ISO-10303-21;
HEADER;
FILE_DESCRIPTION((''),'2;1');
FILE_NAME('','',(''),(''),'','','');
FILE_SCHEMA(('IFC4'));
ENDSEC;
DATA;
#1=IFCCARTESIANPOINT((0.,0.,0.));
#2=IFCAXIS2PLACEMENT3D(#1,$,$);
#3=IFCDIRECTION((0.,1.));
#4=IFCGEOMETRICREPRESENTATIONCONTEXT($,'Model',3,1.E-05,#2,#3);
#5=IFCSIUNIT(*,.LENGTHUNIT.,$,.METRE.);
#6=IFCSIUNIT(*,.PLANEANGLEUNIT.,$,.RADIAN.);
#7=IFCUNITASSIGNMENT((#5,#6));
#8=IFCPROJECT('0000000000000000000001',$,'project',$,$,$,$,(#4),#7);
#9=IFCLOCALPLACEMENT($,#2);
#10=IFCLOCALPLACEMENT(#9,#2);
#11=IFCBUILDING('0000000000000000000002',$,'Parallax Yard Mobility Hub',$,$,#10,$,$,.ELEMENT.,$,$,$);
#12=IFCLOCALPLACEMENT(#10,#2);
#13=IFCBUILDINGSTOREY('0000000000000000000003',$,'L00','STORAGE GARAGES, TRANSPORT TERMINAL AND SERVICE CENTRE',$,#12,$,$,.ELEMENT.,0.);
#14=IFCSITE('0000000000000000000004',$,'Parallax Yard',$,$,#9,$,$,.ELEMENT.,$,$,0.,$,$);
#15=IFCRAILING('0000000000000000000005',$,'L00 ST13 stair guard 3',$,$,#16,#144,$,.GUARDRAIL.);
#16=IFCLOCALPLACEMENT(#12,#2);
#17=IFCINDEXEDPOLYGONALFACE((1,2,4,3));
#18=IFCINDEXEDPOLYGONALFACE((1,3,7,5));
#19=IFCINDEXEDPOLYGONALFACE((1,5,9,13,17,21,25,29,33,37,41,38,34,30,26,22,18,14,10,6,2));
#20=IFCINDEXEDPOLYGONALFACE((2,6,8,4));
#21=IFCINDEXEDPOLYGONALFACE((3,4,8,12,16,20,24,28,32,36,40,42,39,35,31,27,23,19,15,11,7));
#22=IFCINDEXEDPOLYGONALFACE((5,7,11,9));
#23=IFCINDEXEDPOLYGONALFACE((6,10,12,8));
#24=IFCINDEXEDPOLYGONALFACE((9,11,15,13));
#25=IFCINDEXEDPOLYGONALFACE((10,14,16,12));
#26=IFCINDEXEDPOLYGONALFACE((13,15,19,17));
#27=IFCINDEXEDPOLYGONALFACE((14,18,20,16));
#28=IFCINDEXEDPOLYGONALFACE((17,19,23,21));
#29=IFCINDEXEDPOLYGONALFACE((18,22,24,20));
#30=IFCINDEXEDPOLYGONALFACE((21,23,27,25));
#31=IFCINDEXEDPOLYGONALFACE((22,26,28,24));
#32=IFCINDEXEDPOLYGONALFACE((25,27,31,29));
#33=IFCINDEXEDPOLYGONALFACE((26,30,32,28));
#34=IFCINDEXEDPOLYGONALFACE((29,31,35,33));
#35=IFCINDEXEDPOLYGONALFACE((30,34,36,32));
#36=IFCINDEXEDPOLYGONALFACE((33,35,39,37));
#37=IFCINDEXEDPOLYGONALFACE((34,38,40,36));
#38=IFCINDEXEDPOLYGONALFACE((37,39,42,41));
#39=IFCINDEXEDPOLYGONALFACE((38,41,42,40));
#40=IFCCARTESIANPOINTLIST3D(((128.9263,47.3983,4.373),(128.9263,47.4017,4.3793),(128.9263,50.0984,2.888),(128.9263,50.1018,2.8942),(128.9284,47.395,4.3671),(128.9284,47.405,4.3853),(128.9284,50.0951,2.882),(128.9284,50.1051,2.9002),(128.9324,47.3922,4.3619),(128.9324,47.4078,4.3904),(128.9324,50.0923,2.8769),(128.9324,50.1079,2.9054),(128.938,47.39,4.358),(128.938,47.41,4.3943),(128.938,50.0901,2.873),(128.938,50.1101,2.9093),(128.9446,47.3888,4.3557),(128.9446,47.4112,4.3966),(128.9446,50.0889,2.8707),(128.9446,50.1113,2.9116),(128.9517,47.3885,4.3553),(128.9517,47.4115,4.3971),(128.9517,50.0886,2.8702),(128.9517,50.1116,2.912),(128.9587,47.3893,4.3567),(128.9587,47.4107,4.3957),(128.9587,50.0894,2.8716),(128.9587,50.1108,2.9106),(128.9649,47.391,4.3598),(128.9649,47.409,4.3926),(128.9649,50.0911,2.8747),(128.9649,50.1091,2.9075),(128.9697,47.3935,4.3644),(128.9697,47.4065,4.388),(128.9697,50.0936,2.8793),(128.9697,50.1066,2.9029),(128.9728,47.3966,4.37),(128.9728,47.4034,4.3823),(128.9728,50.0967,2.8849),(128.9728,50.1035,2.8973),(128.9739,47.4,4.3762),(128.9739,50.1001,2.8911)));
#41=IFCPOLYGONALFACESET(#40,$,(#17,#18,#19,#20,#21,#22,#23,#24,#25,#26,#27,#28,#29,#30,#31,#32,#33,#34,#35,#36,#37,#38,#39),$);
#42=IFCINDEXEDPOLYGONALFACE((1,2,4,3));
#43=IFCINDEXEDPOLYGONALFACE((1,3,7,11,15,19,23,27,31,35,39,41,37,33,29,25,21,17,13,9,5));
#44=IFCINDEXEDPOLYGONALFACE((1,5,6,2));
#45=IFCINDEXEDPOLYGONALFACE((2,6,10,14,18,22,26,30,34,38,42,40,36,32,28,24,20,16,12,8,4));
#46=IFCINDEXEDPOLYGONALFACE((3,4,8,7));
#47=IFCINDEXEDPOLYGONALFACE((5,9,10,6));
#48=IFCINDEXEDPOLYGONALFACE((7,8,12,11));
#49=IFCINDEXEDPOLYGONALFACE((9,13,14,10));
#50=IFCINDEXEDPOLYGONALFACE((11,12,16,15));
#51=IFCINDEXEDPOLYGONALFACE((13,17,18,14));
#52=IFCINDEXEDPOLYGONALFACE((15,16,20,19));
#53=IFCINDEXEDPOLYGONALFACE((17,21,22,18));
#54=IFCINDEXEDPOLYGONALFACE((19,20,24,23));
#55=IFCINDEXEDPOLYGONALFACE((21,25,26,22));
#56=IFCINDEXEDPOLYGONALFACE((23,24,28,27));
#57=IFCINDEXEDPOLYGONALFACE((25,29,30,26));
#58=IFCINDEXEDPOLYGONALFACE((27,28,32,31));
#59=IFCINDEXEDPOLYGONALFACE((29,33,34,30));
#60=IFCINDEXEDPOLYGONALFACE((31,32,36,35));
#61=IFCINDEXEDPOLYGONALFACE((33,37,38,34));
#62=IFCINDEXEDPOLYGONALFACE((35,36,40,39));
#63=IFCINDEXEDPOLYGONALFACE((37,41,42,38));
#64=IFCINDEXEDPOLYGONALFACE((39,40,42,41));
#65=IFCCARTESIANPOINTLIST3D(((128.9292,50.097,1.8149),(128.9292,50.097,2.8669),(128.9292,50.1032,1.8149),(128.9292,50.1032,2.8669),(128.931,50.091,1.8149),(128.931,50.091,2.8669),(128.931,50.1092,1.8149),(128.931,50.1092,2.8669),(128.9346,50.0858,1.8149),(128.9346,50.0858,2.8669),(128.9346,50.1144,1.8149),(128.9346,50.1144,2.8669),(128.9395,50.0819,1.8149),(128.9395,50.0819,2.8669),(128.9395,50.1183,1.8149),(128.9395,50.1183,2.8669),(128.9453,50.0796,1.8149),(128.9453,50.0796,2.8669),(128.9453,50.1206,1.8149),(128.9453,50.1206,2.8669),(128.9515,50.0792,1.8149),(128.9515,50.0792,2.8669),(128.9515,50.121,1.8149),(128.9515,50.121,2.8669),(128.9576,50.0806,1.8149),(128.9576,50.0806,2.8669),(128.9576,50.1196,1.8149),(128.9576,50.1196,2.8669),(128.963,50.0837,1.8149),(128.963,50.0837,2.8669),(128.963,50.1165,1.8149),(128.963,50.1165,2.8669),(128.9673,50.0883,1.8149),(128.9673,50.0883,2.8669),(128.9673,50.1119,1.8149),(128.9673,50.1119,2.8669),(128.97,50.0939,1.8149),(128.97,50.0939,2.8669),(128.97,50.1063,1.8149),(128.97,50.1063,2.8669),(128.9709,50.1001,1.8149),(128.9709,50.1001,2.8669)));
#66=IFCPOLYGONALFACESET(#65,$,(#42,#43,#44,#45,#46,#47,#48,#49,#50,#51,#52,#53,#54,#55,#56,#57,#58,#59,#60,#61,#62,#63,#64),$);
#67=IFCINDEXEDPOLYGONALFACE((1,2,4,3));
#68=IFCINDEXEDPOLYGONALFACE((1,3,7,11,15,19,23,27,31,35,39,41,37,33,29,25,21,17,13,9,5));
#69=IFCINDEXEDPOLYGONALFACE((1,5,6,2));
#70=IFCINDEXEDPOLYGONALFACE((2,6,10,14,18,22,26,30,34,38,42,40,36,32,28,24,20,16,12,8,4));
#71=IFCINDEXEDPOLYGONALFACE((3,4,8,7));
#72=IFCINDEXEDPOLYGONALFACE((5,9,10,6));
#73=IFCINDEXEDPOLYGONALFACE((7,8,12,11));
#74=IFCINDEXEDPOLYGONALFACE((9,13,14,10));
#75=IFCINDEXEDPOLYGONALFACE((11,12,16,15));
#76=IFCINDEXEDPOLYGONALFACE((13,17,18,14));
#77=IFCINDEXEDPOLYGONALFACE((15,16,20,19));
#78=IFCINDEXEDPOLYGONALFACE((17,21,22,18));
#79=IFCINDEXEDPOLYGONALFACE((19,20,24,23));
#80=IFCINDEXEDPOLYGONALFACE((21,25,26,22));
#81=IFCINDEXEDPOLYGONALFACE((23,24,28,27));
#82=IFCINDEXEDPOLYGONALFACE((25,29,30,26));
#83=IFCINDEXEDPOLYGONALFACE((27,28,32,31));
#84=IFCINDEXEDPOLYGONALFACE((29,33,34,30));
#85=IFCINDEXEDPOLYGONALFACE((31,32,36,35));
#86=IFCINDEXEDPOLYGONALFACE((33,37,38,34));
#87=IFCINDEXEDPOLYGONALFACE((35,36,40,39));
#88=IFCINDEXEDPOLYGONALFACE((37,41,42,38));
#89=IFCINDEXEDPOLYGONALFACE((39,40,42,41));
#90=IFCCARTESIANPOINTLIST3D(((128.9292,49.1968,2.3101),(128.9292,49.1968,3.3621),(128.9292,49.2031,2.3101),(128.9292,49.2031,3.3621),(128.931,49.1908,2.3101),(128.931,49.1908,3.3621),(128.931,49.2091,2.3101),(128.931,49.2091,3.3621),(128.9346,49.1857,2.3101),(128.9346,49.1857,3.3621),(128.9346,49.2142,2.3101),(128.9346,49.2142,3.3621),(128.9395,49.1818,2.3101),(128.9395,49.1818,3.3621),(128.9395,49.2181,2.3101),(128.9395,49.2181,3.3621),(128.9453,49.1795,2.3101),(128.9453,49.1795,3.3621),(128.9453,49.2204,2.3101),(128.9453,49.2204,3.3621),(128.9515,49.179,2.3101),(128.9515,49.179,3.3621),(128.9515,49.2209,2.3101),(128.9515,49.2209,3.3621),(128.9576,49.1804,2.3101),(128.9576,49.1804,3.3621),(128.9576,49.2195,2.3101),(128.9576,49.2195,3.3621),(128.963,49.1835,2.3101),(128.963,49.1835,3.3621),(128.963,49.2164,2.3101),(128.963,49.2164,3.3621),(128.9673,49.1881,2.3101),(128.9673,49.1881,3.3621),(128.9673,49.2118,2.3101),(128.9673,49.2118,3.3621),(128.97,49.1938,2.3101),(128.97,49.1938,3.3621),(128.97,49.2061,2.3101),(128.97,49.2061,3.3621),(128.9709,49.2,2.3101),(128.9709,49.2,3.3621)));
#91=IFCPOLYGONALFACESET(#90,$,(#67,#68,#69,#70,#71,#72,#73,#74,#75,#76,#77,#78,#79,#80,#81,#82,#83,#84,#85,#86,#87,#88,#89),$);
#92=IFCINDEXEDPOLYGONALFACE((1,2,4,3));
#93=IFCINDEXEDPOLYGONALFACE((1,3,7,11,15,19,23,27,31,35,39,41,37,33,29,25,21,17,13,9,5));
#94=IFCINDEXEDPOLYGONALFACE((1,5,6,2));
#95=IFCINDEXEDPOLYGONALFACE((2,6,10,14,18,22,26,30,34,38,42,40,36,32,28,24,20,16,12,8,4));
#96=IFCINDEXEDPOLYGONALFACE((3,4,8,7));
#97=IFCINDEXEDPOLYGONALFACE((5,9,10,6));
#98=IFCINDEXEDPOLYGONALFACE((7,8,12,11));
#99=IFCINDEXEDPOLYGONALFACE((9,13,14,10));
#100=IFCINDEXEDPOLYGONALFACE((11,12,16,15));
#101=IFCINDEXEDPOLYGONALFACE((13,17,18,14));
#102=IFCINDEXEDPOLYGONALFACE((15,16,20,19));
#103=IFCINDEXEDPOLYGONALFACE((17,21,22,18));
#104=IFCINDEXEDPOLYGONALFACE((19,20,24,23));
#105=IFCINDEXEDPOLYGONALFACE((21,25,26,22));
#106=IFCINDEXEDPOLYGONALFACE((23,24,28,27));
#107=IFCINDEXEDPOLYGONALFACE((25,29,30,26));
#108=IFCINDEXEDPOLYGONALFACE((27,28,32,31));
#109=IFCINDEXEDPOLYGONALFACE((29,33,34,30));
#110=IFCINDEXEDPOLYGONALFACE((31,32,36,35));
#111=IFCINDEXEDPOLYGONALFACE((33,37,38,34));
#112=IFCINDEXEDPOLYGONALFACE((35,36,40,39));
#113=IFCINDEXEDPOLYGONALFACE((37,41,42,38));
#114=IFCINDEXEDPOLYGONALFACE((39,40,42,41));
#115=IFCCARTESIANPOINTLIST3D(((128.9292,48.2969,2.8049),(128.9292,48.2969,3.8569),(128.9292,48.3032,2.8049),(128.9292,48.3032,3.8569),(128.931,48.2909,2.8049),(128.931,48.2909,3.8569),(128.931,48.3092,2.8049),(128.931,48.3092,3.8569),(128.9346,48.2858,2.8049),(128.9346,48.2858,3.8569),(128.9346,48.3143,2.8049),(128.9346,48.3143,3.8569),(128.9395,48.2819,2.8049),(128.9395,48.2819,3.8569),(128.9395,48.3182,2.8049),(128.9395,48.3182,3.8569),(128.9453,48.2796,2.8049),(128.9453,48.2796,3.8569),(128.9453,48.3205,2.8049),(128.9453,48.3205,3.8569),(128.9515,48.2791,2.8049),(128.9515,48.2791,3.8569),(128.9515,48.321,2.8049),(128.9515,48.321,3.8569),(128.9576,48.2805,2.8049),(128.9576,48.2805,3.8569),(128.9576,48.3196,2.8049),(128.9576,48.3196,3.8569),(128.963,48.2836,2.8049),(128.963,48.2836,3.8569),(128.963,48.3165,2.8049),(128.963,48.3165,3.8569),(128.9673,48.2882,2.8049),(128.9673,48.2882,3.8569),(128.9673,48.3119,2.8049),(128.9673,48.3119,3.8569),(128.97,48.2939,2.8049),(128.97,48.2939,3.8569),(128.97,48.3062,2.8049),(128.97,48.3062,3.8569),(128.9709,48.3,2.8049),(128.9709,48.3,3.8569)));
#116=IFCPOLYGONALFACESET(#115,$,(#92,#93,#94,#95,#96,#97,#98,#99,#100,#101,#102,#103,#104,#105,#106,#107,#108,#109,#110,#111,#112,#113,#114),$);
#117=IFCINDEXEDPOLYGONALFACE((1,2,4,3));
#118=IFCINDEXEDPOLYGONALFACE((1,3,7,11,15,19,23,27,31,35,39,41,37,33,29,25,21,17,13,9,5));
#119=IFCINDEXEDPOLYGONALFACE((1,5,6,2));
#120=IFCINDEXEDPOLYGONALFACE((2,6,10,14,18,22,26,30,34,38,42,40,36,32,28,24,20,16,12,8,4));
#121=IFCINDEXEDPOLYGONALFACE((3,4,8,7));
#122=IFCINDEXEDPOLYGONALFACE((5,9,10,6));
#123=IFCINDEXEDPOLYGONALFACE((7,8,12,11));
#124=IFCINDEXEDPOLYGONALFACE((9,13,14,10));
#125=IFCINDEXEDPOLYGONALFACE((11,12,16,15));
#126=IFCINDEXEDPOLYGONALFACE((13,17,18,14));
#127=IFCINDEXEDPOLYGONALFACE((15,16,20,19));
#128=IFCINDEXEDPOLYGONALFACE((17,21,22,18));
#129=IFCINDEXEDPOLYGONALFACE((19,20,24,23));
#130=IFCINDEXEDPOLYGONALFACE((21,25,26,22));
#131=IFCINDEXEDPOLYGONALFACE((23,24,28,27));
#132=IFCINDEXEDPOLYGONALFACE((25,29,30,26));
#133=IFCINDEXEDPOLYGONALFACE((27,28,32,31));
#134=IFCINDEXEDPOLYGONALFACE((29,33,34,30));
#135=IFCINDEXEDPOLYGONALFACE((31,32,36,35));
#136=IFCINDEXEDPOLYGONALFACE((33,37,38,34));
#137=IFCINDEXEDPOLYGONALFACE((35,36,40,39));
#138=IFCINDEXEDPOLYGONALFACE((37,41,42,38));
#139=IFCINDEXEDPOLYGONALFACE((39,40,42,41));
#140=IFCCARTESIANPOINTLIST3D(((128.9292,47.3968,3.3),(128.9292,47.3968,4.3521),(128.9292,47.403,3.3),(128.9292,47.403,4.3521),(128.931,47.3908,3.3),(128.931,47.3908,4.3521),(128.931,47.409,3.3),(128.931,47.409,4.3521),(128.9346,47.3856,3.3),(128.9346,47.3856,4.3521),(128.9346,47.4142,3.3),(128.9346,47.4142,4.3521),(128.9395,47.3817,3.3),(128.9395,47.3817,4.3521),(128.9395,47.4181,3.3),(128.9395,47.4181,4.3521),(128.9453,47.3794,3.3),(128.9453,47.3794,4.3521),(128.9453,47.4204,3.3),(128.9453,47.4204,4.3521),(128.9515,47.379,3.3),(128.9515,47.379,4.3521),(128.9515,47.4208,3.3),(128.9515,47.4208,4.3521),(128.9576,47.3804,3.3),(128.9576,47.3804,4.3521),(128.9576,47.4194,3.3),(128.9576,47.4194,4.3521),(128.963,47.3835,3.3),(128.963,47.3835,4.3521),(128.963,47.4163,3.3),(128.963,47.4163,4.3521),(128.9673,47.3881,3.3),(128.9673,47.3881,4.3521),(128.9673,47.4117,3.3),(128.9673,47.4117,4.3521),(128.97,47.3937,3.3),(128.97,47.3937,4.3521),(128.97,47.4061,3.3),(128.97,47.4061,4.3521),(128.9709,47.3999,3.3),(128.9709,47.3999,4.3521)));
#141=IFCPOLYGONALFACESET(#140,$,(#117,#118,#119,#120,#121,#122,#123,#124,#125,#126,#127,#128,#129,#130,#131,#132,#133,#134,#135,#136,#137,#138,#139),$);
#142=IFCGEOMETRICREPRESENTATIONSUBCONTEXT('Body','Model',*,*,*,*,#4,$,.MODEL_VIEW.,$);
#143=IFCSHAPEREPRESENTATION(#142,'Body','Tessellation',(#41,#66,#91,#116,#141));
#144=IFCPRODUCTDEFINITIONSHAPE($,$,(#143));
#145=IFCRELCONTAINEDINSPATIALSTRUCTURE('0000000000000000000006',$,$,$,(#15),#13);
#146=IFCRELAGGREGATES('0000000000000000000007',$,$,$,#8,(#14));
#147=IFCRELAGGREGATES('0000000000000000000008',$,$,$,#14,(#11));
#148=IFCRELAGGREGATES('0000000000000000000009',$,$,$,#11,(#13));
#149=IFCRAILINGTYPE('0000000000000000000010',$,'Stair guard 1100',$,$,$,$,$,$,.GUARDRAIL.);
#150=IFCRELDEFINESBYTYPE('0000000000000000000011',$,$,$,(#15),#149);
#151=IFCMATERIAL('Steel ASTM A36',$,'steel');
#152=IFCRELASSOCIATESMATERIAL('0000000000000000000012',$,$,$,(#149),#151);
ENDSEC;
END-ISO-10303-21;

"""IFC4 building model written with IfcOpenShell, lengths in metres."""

from ifc_helpers import new_model, si_unit, direction, frame, origin, origin_2d, place, context, subcontext, project, spatial, circle, extrude, material, type_object, element, save


model = new_model("IFC4")

# Units and contexts
model_context = context("Model", 3, precision=1e-05, world=origin(), true_north=direction((0.0, 1.0)))
body_context = subcontext(model_context, "Body", "Model", "MODEL_VIEW")
ifc_project = project(units=[si_unit("LENGTHUNIT", "METRE"), si_unit("PLANEANGLEUNIT", "RADIAN")], contexts=[model_context])

# Site, building, storey
site_placement = place(None, origin())
site = spatial("IfcSite", under=ifc_project, at=site_placement, Name="Parallax Yard", CompositionType="ELEMENT", RefElevation=0.0)
building_placement = place(site_placement, origin())
building = spatial("IfcBuilding", under=site, at=building_placement, Name="Parallax Yard Mobility Hub", CompositionType="ELEMENT")
storey_placement = place(building_placement, origin())
storey = spatial("IfcBuildingStorey", under=building, at=storey_placement, Name="L00", Description="STORAGE GARAGES, TRANSPORT TERMINAL AND SERVICE CENTRE", CompositionType="ELEMENT", Elevation=0.0)

# Railing
ifc_material_1 = material(Name="Steel ASTM A36", Category="steel")
railing_type_1 = type_object("IfcRailingType", Name="Stair guard 1100", PredefinedType="GUARDRAIL", material=ifc_material_1)
railing_1_placement = place(storey_placement, frame((128.95, 50.1001, 1.8149)))
element("IfcRailing", 1, at=railing_1_placement, inside=storey, type_object=railing_type_1, Name="L00 ST13 stair guard 3", PredefinedType="GUARDRAIL", context=body_context, shape_type="SweptSolid", body=[
    extrude(circle(Radius=0.0239, at=origin_2d()), frame((0.0, 0.0, 1.0762), z_axis=(0.0, -0.876216, 0.481919), x_axis=(1.0, 0.0, 0.0)), (0.0, 0.0, 1.0), 3.0815),
    extrude(circle(Radius=0.021, at=origin_2d()), origin(), (0.0, 0.0, 1.0), 1.052),
    extrude(circle(Radius=0.021, at=origin_2d()), frame((0.0, -0.9001, 0.4951)), (0.0, 0.0, 1.0), 1.052),
    extrude(circle(Radius=0.021, at=origin_2d()), frame((0.0, -1.8, 0.99)), (0.0, 0.0, 1.0), 1.052),
    extrude(circle(Radius=0.021, at=origin_2d()), frame((0.0, -2.7002, 1.4851)), (0.0, 0.0, 1.0), 1.052),
])

save(model, "model.ifc")
